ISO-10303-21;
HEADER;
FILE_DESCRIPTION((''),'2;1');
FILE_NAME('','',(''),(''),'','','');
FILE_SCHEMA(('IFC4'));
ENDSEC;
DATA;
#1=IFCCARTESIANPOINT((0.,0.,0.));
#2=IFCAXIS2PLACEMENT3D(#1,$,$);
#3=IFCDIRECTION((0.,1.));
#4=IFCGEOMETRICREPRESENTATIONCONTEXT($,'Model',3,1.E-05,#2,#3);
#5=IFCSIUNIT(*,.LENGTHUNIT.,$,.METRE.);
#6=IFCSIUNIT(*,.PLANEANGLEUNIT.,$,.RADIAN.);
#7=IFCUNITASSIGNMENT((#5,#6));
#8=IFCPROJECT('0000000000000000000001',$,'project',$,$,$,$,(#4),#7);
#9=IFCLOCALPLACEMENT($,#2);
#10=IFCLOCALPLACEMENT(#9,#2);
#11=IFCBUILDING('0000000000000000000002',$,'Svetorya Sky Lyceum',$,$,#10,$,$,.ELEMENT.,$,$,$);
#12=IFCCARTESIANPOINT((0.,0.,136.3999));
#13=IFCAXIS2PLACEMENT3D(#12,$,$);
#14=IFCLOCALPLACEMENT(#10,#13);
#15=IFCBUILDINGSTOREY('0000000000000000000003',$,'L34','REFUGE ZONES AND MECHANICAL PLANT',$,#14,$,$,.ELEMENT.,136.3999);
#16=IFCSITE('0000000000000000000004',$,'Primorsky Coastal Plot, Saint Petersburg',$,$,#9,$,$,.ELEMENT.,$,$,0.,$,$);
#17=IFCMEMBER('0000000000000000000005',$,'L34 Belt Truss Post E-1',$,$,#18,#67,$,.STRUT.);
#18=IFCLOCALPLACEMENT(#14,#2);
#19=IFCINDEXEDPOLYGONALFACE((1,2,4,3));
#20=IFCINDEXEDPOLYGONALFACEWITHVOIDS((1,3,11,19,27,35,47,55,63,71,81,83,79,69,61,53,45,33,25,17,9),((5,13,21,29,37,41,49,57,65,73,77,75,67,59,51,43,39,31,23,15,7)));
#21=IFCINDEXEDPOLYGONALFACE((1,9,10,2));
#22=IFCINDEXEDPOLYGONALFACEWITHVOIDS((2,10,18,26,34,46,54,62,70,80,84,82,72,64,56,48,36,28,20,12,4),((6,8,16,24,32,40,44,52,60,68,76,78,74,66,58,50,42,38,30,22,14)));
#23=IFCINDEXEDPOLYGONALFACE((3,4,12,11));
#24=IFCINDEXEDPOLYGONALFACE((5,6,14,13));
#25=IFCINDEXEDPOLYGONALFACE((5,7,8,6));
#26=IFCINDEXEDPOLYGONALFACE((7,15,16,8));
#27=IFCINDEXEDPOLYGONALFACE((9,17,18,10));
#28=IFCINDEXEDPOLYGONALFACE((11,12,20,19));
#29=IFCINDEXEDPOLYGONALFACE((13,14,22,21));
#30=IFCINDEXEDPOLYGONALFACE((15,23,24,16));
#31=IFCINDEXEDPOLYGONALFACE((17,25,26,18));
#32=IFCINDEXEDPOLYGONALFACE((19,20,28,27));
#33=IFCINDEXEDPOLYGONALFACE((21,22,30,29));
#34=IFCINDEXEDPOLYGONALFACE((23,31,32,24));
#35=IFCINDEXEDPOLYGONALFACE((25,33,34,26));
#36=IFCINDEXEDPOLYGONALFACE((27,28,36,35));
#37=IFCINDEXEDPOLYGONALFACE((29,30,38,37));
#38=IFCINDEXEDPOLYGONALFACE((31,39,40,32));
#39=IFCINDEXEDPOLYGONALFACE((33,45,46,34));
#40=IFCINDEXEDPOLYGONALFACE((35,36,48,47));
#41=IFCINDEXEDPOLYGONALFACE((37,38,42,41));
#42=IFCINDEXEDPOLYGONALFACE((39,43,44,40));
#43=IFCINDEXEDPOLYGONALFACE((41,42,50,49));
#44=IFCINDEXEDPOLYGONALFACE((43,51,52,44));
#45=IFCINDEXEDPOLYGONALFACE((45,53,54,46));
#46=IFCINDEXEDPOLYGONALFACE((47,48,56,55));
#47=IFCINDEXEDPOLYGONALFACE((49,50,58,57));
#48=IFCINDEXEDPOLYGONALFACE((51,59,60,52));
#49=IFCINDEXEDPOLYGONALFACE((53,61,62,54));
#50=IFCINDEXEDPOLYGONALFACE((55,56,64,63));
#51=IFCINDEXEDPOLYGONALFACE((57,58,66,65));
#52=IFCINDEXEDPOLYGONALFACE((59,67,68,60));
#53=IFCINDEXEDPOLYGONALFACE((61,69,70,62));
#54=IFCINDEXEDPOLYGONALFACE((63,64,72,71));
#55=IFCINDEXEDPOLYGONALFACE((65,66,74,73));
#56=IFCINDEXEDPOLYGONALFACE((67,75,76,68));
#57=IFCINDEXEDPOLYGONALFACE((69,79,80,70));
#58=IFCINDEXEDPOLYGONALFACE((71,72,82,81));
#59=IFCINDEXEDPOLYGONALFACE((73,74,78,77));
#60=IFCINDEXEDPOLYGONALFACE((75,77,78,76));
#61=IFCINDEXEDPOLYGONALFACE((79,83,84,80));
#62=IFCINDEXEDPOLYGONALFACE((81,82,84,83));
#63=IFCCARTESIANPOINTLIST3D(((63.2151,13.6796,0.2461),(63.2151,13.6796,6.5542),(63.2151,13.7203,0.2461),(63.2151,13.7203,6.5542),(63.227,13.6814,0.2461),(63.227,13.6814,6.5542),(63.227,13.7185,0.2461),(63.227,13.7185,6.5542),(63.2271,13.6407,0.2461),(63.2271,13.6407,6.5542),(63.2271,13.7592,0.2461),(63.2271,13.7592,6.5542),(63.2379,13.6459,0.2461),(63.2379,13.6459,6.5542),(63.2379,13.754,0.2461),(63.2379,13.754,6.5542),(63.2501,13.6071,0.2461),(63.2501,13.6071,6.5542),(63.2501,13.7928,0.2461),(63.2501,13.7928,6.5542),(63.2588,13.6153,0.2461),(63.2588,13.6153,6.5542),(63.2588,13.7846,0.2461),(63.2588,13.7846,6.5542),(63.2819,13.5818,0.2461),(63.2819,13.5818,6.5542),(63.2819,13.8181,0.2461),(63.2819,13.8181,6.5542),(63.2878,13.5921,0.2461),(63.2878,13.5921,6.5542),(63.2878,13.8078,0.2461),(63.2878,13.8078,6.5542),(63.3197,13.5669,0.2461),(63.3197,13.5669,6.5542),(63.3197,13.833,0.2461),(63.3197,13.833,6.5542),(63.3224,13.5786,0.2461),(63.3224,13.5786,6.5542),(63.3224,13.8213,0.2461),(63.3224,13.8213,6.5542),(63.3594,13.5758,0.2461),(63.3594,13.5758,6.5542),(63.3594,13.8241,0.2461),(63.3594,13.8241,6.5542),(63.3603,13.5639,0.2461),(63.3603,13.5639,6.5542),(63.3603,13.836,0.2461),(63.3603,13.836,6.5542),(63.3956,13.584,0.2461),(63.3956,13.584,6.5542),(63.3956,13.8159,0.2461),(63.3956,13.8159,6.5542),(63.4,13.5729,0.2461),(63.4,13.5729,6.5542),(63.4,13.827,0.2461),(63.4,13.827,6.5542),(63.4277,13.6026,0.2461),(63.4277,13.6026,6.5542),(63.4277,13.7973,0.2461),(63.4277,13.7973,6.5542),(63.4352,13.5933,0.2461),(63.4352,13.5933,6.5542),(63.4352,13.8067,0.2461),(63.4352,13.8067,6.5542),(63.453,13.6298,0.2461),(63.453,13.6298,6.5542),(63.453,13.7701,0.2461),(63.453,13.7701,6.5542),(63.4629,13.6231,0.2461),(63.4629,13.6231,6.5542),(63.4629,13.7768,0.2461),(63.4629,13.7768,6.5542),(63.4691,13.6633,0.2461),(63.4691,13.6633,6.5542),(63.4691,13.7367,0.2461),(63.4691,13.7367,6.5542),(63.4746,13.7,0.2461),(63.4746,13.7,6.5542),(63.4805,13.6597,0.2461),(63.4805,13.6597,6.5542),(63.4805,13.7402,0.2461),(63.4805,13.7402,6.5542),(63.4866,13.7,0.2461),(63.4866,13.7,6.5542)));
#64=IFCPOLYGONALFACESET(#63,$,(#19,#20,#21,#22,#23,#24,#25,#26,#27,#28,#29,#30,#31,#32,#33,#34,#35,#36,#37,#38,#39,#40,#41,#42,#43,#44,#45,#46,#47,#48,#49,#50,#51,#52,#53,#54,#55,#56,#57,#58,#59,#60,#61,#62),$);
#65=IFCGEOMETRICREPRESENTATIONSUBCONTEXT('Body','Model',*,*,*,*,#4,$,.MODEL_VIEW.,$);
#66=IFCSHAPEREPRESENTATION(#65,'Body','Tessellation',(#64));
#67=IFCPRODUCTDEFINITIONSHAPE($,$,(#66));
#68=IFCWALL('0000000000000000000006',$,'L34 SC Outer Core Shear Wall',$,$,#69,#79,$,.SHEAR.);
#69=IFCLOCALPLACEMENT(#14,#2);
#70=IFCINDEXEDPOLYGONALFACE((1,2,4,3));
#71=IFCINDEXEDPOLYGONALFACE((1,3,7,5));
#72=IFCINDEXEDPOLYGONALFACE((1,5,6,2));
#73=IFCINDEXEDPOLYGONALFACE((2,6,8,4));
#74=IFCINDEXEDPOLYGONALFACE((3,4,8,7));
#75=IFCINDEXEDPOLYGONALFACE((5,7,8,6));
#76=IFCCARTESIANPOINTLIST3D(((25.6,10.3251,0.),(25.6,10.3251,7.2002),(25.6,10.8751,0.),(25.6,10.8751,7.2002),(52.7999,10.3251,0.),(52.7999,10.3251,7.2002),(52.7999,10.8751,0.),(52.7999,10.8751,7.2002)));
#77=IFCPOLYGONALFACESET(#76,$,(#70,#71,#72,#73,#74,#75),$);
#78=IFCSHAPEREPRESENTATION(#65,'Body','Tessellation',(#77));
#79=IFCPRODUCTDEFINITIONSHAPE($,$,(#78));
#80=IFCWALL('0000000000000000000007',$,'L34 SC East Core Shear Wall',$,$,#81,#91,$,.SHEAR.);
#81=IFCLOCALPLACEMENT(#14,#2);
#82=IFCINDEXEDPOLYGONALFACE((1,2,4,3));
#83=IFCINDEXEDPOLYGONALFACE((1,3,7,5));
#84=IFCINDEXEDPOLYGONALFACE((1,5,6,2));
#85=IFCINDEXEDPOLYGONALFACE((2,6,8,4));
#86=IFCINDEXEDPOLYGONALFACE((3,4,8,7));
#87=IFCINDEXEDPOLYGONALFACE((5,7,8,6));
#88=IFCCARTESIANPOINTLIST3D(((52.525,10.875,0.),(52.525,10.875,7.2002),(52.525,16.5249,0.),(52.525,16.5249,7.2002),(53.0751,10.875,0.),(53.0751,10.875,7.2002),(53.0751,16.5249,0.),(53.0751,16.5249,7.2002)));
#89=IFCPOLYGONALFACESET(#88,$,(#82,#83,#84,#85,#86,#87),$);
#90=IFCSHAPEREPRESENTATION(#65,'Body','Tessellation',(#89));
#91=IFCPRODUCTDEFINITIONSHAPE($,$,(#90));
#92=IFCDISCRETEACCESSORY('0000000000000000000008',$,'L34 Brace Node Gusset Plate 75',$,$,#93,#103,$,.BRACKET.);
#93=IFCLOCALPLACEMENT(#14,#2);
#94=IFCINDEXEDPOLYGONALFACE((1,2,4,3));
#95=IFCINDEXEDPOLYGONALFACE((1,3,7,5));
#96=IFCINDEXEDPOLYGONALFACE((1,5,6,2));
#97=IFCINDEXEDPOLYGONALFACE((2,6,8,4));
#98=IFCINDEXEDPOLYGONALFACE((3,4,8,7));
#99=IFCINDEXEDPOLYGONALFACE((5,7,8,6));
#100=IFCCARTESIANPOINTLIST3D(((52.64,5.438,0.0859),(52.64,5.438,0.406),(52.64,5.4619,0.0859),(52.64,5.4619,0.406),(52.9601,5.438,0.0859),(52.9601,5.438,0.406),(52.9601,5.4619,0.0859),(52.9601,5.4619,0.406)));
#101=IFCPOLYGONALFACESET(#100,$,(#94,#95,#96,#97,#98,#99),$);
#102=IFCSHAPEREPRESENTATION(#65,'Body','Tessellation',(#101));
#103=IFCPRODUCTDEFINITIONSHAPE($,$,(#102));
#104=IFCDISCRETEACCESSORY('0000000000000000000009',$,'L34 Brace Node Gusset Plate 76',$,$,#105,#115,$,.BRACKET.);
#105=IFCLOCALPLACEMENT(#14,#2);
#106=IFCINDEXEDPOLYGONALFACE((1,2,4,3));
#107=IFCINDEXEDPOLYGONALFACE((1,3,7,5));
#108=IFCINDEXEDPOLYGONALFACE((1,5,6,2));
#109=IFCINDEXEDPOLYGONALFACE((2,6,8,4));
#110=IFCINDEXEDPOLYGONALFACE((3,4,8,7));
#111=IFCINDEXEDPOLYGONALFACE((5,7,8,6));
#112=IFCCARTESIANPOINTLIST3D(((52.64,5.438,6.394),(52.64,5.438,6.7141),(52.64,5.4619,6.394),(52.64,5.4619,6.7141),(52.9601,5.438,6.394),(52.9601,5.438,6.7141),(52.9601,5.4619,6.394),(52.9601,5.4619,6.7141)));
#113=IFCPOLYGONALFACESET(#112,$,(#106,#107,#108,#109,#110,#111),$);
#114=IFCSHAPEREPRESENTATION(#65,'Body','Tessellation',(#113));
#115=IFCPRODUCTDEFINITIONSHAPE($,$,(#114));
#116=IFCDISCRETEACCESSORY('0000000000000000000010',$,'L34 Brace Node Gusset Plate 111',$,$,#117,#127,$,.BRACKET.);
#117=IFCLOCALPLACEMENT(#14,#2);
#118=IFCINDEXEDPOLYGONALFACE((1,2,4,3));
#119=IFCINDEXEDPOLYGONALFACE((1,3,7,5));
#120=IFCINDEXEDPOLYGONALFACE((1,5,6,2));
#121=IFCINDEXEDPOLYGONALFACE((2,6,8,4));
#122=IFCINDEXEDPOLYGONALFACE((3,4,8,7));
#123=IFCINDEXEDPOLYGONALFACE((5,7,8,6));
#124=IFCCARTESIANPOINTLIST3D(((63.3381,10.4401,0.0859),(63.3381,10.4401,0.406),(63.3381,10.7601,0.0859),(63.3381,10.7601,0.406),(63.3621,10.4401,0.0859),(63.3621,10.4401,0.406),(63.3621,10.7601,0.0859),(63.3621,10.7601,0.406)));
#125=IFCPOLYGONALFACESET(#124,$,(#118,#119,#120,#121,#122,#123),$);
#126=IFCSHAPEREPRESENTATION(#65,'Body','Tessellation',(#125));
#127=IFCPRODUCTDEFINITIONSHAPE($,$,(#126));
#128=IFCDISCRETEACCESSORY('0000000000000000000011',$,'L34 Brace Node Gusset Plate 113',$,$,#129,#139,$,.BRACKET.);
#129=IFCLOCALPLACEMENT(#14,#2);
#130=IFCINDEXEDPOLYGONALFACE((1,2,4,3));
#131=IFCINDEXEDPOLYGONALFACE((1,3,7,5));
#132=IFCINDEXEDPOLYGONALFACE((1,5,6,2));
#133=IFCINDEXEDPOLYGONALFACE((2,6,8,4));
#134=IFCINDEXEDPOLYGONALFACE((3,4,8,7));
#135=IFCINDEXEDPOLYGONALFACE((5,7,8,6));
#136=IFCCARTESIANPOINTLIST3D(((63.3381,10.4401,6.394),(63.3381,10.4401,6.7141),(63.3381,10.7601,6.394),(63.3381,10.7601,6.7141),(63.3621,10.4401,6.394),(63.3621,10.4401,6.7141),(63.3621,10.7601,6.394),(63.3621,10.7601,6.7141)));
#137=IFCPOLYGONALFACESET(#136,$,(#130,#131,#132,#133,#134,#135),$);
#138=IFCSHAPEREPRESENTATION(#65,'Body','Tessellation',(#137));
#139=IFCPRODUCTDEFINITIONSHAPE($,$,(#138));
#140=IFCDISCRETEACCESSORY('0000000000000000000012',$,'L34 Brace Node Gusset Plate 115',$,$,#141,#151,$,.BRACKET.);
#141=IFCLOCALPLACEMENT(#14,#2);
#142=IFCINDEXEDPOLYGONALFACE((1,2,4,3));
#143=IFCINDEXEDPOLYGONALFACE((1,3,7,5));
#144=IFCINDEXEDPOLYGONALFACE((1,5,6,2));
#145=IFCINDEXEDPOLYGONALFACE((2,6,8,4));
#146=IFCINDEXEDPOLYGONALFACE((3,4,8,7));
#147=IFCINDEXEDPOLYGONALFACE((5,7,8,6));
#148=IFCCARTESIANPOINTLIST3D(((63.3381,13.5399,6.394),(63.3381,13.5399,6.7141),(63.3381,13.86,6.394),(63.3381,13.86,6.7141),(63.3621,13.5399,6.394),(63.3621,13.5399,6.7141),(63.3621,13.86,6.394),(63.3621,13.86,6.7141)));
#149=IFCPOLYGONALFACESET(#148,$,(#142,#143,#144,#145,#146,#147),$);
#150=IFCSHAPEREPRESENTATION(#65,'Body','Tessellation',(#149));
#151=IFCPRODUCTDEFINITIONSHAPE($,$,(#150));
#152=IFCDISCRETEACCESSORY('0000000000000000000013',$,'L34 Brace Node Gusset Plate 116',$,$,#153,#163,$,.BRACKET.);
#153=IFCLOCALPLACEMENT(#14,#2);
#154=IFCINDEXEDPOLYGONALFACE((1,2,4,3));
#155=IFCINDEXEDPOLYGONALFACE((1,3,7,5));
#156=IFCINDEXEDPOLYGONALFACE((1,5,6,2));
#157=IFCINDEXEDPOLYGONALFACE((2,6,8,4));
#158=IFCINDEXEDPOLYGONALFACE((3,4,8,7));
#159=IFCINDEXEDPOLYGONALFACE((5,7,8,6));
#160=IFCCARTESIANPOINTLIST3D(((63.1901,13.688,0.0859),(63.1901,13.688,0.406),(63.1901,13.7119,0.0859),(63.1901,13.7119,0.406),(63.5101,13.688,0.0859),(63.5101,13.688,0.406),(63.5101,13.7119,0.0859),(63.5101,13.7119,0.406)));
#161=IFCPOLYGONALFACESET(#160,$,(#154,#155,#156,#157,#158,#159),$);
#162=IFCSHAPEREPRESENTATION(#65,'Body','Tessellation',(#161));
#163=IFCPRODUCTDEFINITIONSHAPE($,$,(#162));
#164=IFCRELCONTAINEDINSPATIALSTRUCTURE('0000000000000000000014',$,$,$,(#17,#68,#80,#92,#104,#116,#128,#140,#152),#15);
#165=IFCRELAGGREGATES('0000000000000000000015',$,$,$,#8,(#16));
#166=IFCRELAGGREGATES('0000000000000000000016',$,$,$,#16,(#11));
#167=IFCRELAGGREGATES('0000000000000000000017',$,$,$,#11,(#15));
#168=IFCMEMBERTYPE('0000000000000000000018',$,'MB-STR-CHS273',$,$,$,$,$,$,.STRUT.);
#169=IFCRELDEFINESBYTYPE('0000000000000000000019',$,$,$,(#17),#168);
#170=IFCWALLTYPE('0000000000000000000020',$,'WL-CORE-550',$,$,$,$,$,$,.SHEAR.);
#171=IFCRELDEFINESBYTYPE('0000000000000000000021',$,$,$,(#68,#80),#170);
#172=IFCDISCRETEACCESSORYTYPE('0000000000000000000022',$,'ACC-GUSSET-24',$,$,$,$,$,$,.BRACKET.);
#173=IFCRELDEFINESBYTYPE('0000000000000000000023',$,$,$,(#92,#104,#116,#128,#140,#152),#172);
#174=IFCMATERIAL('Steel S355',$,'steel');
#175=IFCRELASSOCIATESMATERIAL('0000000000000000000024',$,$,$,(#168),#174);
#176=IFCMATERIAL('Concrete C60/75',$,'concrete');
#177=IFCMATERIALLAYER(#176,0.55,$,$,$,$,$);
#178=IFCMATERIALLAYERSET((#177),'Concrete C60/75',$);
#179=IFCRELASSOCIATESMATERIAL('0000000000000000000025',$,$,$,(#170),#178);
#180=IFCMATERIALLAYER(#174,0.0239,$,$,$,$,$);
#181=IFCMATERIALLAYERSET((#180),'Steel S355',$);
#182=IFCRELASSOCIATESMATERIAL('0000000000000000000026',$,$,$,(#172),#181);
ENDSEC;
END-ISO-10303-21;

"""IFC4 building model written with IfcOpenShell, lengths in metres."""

from ifc_helpers import new_model, si_unit, direction, frame, frame_2d, origin, origin_2d, place, context, subcontext, project, spatial, rectangle, hollow_circle, extrude, material, layer, layer_set, material_profile, profile_set, type_object, element, save


model = new_model("IFC4")

# Units and contexts
model_context = context("Model", 3, precision=1e-05, world=origin(), true_north=direction((0.0, 1.0)))
body_context = subcontext(model_context, "Body", "Model", "MODEL_VIEW")
ifc_project = project(units=[si_unit("LENGTHUNIT", "METRE"), si_unit("PLANEANGLEUNIT", "RADIAN")], contexts=[model_context])

# Site, building, storey
site_placement = place(None, origin())
site = spatial("IfcSite", under=ifc_project, at=site_placement, Name="Primorsky Coastal Plot, Saint Petersburg", CompositionType="ELEMENT", RefElevation=0.0)
building_placement = place(site_placement, origin())
building = spatial("IfcBuilding", under=site, at=building_placement, Name="Svetorya Sky Lyceum", CompositionType="ELEMENT")
storey_placement = place(building_placement, frame((0.0, 0.0, 136.3999)))
storey = spatial("IfcBuildingStorey", under=building, at=storey_placement, Name="L34", Description="REFUGE ZONES AND MECHANICAL PLANT", CompositionType="ELEMENT", Elevation=136.3999)

# Shared definitions
ifc_material_1 = material(Name="Steel S355", Category="steel")
ifc_material_2 = material(Name="Concrete C60/75", Category="concrete")

# Member
ifc_material_profile_1 = material_profile(ifc_material_1, hollow_circle(Radius=0.1365, WallThickness=0.012, at=origin_2d()), Name="CHS 273x12")
ifc_profile_set_1 = profile_set([ifc_material_profile_1], Name="Steel S355")
member_type_1 = type_object("IfcMemberType", Name="MB-STR-CHS273", PredefinedType="STRUT", material=ifc_profile_set_1)
member_1_placement = place(storey_placement, frame((63.3501, 13.7, 0.2461), z_axis=(0.0, 0.0, 1.0), x_axis=(1.0, 0.0, 0.0)))
element("IfcMember", 1, at=member_1_placement, inside=storey, type_object=member_type_1, Name="L34 Belt Truss Post E-1", PredefinedType="STRUT", context=body_context, shape_type="SweptSolid", body=[
    extrude(hollow_circle(Radius=0.1365, WallThickness=0.012, at=origin_2d()), origin(), (0.0, 0.0, 1.0), 6.3081),
])

# Walls
ifc_layer_1 = layer(ifc_material_2, 0.55)
ifc_layer_set_1 = layer_set([ifc_layer_1], Name="Concrete C60/75")
wall_type = type_object("IfcWallType", Name="WL-CORE-550", PredefinedType="SHEAR", material=ifc_layer_set_1)
wall_1_placement = place(storey_placement, frame((52.8, 10.6001, 0.0), z_axis=(0.0, 0.0, 1.0), x_axis=(-1.0, 0.0, 0.0)))
element("IfcWall", 2, at=wall_1_placement, inside=storey, type_object=wall_type, Name="L34 SC Outer Core Shear Wall", PredefinedType="SHEAR", context=body_context, shape_type="SweptSolid", body=[
    extrude(rectangle(XDim=27.2, YDim=0.55, at=frame_2d((13.6001, 0.0))), origin(), (0.0, 0.0, 1.0), 7.2002),
])
wall_2_placement = place(storey_placement, frame((52.8, 10.875, 0.0), z_axis=(0.0, 0.0, 1.0), x_axis=(0.0, 1.0, 0.0)))
element("IfcWall", 3, at=wall_2_placement, inside=storey, type_object=wall_type, Name="L34 SC East Core Shear Wall", PredefinedType="SHEAR", context=body_context, shape_type="SweptSolid", body=[
    extrude(rectangle(XDim=5.6499, YDim=0.55, at=frame_2d((2.825, 0.0))), origin(), (0.0, 0.0, 1.0), 7.2002),
])

# Discrete accessories
ifc_layer_2 = layer(ifc_material_1, 0.0239)
ifc_layer_set_2 = layer_set([ifc_layer_2], Name="Steel S355")
discrete_accessory_type = type_object("IfcDiscreteAccessoryType", Name="ACC-GUSSET-24", PredefinedType="BRACKET", material=ifc_layer_set_2)
for number, where, z_axis, x_axis, name in (
    (4, (52.8, 5.45, 0.0859), (0.0, 0.0, 1.0), (1.0, 0.0, 0.0), "L34 Brace Node Gusset Plate 75"),
    (5, (52.8, 5.45, 6.394), (0.0, 0.0, 1.0), (1.0, 0.0, 0.0), "L34 Brace Node Gusset Plate 76"),
):
    element("IfcDiscreteAccessory", number, at=place(storey_placement, frame(where, z_axis=z_axis, x_axis=x_axis)), inside=storey, type_object=discrete_accessory_type, Name=name, PredefinedType="BRACKET", context=body_context, shape_type="SweptSolid", body=[
        extrude(rectangle(XDim=0.3201, YDim=0.0239, at=origin_2d()), origin(), (0.0, 0.0, 1.0), 0.3201),
    ])
for number, where, z_axis, x_axis, name in (
    (6, (63.3501, 10.6001, 0.0859), (0.0, 0.0, 1.0), (1.0, 0.0, 0.0), "L34 Brace Node Gusset Plate 111"),
    (7, (63.3501, 10.6001, 6.394), (0.0, 0.0, 1.0), (1.0, 0.0, 0.0), "L34 Brace Node Gusset Plate 113"),
    (8, (63.3501, 13.7, 6.394), (0.0, 0.0, 1.0), (1.0, 0.0, 0.0), "L34 Brace Node Gusset Plate 115"),
):
    element("IfcDiscreteAccessory", number, at=place(storey_placement, frame(where, z_axis=z_axis, x_axis=x_axis)), inside=storey, type_object=discrete_accessory_type, Name=name, PredefinedType="BRACKET", context=body_context, shape_type="SweptSolid", body=[
        extrude(rectangle(XDim=0.0239, YDim=0.3201, at=origin_2d()), origin(), (0.0, 0.0, 1.0), 0.3201),
    ])
discrete_accessory_placement = place(storey_placement, frame((63.3501, 13.7, 0.0859), z_axis=(0.0, 0.0, 1.0), x_axis=(1.0, 0.0, 0.0)))
element("IfcDiscreteAccessory", 9, at=discrete_accessory_placement, inside=storey, type_object=discrete_accessory_type, Name="L34 Brace Node Gusset Plate 116", PredefinedType="BRACKET", context=body_context, shape_type="SweptSolid", body=[
    extrude(rectangle(XDim=0.3201, YDim=0.0239, at=origin_2d()), origin(), (0.0, 0.0, 1.0), 0.3201),
])

save(model, "model.ifc")
